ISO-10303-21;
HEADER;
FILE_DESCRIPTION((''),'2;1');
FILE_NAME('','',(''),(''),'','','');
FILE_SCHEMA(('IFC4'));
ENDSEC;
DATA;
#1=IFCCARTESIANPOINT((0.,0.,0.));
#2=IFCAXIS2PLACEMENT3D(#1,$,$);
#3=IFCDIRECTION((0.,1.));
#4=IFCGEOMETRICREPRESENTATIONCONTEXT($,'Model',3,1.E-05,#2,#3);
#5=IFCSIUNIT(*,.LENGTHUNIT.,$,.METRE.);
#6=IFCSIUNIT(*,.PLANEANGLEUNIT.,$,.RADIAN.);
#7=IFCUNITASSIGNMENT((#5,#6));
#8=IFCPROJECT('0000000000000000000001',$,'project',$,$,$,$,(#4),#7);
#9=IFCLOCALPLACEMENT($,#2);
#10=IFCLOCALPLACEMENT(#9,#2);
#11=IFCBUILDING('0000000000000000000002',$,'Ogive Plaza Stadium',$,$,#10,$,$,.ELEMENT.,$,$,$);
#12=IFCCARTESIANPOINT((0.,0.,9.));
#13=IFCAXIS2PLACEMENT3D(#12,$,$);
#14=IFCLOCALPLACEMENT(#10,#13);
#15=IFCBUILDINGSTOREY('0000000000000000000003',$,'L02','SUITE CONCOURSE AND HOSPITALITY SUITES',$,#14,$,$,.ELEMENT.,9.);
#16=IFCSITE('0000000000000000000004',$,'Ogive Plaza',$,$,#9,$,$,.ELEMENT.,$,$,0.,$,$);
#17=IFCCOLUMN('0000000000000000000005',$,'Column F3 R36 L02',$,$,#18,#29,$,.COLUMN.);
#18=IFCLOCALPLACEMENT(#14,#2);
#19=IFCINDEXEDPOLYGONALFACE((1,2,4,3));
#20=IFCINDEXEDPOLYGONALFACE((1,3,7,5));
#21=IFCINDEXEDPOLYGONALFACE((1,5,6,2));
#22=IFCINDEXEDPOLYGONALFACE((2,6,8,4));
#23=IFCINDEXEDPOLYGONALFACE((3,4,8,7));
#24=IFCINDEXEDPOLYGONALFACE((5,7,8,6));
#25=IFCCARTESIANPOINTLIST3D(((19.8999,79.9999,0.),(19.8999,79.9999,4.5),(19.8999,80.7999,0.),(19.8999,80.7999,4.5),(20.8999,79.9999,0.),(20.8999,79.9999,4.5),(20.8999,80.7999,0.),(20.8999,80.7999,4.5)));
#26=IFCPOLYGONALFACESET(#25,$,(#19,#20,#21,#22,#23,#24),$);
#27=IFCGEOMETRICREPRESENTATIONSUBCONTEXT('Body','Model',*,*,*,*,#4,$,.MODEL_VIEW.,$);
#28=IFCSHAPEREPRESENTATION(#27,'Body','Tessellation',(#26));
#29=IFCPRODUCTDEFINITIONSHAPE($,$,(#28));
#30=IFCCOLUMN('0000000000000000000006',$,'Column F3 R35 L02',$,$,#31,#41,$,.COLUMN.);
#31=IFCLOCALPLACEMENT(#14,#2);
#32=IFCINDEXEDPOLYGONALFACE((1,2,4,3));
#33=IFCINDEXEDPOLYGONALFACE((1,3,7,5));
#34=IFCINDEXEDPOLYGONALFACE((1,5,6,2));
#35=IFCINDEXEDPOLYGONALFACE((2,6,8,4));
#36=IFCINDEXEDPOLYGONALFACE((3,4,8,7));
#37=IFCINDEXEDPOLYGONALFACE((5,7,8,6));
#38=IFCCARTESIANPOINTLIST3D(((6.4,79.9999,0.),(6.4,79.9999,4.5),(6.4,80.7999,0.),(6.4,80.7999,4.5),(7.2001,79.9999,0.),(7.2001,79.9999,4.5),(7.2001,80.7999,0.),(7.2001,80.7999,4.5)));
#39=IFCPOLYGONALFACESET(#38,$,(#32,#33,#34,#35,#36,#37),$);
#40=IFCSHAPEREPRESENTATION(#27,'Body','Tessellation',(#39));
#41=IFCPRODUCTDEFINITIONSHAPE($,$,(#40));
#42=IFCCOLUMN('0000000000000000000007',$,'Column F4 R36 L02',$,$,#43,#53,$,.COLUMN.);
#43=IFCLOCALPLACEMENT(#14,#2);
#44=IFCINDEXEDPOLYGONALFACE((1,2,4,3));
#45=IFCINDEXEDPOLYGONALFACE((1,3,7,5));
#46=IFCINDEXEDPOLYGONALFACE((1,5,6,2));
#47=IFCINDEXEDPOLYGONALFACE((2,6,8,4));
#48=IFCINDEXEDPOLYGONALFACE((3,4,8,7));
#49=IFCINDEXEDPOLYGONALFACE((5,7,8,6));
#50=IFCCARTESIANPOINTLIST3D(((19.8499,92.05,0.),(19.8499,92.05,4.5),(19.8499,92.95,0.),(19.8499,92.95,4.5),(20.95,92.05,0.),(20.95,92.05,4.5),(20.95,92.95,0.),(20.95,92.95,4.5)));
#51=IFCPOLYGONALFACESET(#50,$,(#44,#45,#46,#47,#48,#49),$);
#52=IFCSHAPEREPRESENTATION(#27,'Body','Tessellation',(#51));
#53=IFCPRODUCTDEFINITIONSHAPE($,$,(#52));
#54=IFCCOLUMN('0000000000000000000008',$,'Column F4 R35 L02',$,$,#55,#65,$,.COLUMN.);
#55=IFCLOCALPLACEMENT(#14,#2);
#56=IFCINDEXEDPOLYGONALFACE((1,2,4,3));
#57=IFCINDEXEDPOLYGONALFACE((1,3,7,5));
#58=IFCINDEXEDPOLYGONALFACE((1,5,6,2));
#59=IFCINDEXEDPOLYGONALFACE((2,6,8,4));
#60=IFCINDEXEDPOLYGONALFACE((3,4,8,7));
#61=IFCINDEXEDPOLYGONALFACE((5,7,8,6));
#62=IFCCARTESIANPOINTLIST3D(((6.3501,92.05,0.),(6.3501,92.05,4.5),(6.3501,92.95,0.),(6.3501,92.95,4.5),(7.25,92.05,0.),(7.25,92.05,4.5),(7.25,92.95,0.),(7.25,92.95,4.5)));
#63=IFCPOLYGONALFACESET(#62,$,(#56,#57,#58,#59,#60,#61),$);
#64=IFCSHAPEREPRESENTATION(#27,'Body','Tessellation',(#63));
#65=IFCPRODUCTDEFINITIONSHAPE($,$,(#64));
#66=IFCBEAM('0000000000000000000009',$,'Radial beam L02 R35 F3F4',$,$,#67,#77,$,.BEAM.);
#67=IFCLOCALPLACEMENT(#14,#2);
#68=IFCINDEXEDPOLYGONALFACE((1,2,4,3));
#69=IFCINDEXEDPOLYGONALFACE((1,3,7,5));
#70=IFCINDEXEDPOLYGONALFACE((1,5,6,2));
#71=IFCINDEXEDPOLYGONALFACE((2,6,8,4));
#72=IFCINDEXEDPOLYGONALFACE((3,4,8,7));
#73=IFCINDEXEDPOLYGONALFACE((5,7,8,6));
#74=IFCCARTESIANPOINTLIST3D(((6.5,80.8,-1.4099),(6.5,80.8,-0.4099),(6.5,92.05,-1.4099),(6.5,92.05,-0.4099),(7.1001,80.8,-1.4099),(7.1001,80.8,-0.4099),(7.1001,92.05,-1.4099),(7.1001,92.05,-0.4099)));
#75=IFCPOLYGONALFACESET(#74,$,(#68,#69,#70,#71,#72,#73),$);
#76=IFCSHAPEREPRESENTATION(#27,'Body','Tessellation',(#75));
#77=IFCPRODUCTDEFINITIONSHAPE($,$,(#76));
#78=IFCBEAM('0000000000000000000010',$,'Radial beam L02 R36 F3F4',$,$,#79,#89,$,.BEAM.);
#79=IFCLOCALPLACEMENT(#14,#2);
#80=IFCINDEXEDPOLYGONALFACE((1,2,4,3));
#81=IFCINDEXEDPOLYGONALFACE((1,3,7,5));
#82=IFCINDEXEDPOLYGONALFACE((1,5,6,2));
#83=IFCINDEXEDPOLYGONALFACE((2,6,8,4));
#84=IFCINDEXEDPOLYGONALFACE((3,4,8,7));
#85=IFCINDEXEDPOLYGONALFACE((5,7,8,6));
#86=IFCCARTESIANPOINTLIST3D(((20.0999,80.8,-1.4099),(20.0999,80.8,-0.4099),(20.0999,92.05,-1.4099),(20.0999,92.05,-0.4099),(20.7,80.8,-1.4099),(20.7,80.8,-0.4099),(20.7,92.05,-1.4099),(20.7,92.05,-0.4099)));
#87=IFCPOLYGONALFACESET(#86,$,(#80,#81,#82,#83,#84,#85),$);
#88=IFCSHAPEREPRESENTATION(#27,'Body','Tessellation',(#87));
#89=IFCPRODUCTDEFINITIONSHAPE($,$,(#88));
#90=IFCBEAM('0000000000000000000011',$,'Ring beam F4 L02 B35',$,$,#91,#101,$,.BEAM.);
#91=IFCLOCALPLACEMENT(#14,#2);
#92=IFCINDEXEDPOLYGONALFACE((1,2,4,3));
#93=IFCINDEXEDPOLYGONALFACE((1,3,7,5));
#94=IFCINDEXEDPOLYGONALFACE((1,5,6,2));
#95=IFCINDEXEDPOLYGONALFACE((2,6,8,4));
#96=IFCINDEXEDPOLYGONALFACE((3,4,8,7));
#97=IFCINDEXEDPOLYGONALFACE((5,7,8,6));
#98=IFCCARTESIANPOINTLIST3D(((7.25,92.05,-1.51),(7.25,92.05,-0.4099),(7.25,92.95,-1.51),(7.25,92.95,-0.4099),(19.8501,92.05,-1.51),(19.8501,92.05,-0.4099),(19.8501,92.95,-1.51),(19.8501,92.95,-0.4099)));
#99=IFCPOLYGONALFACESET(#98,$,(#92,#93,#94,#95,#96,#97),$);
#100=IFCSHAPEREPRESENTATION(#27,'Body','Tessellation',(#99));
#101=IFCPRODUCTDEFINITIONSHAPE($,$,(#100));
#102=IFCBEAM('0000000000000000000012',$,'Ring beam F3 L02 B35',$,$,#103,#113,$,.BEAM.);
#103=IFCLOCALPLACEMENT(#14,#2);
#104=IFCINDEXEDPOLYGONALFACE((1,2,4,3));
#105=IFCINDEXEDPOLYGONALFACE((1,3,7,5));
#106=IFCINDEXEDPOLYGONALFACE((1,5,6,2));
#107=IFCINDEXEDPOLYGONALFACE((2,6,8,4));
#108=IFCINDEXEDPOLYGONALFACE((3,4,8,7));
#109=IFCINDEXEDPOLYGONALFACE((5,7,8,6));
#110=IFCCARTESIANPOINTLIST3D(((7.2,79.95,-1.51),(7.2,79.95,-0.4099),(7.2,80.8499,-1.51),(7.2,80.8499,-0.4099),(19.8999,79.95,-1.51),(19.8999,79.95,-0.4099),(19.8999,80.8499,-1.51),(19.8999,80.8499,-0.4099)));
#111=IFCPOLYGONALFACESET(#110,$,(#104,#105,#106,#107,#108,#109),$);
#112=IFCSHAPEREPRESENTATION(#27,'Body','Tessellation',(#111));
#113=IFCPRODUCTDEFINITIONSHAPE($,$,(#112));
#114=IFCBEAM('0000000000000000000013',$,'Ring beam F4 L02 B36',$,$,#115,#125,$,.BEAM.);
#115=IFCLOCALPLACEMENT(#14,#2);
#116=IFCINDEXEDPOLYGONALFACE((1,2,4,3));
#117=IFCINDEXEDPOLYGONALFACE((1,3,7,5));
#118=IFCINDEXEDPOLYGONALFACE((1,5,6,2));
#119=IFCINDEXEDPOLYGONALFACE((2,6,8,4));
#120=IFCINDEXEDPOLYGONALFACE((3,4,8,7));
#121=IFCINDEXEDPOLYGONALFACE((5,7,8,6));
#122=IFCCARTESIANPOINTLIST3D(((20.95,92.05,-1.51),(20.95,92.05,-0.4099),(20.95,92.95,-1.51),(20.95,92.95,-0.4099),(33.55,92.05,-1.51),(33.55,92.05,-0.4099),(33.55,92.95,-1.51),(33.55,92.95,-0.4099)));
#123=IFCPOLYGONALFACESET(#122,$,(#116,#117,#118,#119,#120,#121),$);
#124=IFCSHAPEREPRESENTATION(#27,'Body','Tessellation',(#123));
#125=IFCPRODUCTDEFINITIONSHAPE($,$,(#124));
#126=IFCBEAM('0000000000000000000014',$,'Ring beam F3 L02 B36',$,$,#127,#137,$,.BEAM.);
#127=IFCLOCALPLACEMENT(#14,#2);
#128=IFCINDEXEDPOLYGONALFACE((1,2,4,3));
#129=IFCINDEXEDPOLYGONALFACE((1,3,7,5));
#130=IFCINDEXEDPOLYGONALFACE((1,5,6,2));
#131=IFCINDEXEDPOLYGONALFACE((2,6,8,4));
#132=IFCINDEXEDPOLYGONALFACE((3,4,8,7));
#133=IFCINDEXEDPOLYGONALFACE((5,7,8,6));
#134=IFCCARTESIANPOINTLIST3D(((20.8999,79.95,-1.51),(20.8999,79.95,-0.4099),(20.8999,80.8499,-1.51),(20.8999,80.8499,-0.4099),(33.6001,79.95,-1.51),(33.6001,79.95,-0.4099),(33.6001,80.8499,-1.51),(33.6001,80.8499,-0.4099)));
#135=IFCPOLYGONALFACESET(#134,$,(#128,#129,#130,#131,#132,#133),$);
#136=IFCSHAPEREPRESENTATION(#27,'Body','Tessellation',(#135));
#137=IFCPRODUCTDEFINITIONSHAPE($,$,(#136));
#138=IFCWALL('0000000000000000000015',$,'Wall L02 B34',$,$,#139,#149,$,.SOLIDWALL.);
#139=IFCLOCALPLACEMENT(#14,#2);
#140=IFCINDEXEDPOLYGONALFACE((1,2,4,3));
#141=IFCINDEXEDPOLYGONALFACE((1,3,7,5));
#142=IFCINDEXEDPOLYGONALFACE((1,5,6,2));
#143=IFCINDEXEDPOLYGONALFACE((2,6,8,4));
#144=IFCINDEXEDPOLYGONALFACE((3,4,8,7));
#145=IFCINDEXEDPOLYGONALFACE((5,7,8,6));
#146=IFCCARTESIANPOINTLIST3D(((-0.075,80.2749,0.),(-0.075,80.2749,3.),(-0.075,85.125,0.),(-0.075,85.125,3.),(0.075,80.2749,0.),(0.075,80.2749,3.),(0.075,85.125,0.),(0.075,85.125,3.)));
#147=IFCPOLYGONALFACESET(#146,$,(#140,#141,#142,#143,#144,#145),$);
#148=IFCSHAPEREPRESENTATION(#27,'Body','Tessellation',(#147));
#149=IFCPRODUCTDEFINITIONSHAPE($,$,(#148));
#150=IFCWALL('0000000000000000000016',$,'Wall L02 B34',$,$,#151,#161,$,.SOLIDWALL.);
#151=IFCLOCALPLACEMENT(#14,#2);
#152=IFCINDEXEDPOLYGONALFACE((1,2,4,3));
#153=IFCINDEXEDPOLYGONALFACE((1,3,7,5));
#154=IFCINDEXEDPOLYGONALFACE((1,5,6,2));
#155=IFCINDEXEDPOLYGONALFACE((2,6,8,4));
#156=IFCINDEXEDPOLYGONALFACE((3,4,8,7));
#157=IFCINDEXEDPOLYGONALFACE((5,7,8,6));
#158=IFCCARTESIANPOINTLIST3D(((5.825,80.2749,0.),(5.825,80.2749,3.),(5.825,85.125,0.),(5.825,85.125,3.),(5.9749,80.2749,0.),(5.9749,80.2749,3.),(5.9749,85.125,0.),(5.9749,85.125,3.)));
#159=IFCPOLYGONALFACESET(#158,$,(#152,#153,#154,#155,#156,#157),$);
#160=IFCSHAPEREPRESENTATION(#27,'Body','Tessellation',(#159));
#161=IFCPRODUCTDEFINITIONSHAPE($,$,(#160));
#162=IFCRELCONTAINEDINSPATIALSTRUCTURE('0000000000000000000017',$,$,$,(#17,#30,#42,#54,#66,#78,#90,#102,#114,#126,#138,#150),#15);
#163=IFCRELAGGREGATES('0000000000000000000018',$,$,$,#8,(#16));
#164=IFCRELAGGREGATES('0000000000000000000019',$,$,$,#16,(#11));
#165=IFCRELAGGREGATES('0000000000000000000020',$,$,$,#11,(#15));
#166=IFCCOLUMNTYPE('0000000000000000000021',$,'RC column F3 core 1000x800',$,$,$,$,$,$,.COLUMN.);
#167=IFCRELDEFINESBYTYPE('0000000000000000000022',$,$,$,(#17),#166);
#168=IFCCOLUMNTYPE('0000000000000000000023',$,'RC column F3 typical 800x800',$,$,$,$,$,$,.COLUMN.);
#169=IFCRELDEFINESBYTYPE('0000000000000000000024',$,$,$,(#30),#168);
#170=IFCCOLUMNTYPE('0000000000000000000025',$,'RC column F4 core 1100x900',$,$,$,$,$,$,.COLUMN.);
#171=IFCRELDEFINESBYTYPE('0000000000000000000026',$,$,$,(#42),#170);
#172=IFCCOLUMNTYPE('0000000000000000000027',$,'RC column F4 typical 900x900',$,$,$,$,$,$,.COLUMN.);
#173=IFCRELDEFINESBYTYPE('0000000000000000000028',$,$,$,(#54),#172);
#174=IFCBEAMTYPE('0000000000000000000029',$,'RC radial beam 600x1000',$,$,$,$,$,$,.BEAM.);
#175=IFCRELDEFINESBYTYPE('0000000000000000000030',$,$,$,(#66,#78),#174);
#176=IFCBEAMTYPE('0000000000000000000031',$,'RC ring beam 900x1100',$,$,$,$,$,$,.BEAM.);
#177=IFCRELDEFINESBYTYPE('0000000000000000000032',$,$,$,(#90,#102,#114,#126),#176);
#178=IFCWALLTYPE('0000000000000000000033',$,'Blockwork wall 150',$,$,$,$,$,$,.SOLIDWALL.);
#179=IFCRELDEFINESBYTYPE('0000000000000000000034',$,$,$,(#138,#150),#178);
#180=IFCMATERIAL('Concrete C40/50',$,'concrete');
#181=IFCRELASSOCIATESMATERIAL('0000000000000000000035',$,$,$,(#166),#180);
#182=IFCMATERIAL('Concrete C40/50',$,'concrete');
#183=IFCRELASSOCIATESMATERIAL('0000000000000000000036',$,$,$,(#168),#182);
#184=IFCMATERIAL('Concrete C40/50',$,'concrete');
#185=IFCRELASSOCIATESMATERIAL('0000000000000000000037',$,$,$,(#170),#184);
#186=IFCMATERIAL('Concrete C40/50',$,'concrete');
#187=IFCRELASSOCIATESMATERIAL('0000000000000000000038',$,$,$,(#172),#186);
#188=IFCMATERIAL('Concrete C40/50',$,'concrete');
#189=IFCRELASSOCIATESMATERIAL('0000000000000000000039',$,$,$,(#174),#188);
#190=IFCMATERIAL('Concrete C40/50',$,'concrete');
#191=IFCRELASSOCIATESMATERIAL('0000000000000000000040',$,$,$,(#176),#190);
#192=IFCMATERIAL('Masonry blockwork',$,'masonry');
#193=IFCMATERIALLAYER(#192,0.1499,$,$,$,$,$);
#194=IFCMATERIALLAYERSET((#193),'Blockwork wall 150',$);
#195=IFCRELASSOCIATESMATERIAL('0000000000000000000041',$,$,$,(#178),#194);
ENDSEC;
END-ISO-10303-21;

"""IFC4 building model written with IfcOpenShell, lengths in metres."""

from ifc_helpers import new_model, si_unit, direction, frame, frame_2d, origin, origin_2d, place, context, subcontext, project, spatial, rectangle, extrude, material, layer, layer_set, material_profile, profile_set, type_object, element, save


model = new_model("IFC4")

# Units and contexts
model_context = context("Model", 3, precision=1e-05, world=origin(), true_north=direction((0.0, 1.0)))
body_context = subcontext(model_context, "Body", "Model", "MODEL_VIEW")
ifc_project = project(units=[si_unit("LENGTHUNIT", "METRE"), si_unit("PLANEANGLEUNIT", "RADIAN")], contexts=[model_context])

# Site, building, storey
site_placement = place(None, origin())
site = spatial("IfcSite", under=ifc_project, at=site_placement, Name="Ogive Plaza", CompositionType="ELEMENT", RefElevation=0.0)
building_placement = place(site_placement, origin())
building = spatial("IfcBuilding", under=site, at=building_placement, Name="Ogive Plaza Stadium", CompositionType="ELEMENT")
storey_placement = place(building_placement, frame((0.0, 0.0, 9.0)))
storey = spatial("IfcBuildingStorey", under=building, at=storey_placement, Name="L02", Description="SUITE CONCOURSE AND HOSPITALITY SUITES", CompositionType="ELEMENT", Elevation=9.0)

# Columns
ifc_material_1 = material(Name="Concrete C40/50", Category="concrete")
ifc_material_profile_1 = material_profile(ifc_material_1, rectangle(XDim=1.0, YDim=0.8, at=origin_2d()), Name="RC 1000x800")
ifc_profile_set_1 = profile_set([ifc_material_profile_1], Name="Concrete C40/50")
column_type_1 = type_object("IfcColumnType", Name="RC column F3 core 1000x800", PredefinedType="COLUMN", material=ifc_profile_set_1)
column_1_placement = place(storey_placement, frame((20.3999, 80.3999, 0.0), z_axis=(0.0, 0.0, 1.0), x_axis=(-1.0, 0.0, 0.0)))
element("IfcColumn", 1, at=column_1_placement, inside=storey, type_object=column_type_1, Name="Column F3 R36 L02", PredefinedType="COLUMN", context=body_context, shape_type="SweptSolid", body=[
    extrude(rectangle(XDim=1.0, YDim=0.8, at=origin_2d()), origin(), (0.0, 0.0, 1.0), 4.5),
])
ifc_material_2 = material(Name="Concrete C40/50", Category="concrete")
ifc_material_profile_2 = material_profile(ifc_material_2, rectangle(XDim=0.8, YDim=0.8, at=origin_2d()), Name="RC 800x800")
ifc_profile_set_2 = profile_set([ifc_material_profile_2], Name="Concrete C40/50")
column_type_2 = type_object("IfcColumnType", Name="RC column F3 typical 800x800", PredefinedType="COLUMN", material=ifc_profile_set_2)
column_2_placement = place(storey_placement, frame((6.8, 80.3999, 0.0), z_axis=(0.0, 0.0, 1.0), x_axis=(-1.0, 0.0, 0.0)))
element("IfcColumn", 2, at=column_2_placement, inside=storey, type_object=column_type_2, Name="Column F3 R35 L02", PredefinedType="COLUMN", context=body_context, shape_type="SweptSolid", body=[
    extrude(rectangle(XDim=0.8, YDim=0.8, at=origin_2d()), origin(), (0.0, 0.0, 1.0), 4.5),
])
ifc_material_3 = material(Name="Concrete C40/50", Category="concrete")
ifc_material_profile_3 = material_profile(ifc_material_3, rectangle(XDim=1.1001, YDim=0.8999, at=origin_2d()), Name="RC 1100x900")
ifc_profile_set_3 = profile_set([ifc_material_profile_3], Name="Concrete C40/50")
column_type_3 = type_object("IfcColumnType", Name="RC column F4 core 1100x900", PredefinedType="COLUMN", material=ifc_profile_set_3)
column_3_placement = place(storey_placement, frame((20.3999, 92.5, 0.0), z_axis=(0.0, 0.0, 1.0), x_axis=(-1.0, 0.0, 0.0)))
element("IfcColumn", 3, at=column_3_placement, inside=storey, type_object=column_type_3, Name="Column F4 R36 L02", PredefinedType="COLUMN", context=body_context, shape_type="SweptSolid", body=[
    extrude(rectangle(XDim=1.1001, YDim=0.8999, at=origin_2d()), origin(), (0.0, 0.0, 1.0), 4.5),
])
ifc_material_4 = material(Name="Concrete C40/50", Category="concrete")
ifc_material_profile_4 = material_profile(ifc_material_4, rectangle(XDim=0.8999, YDim=0.8999, at=origin_2d()), Name="RC 900x900")
ifc_profile_set_4 = profile_set([ifc_material_profile_4], Name="Concrete C40/50")
column_type_4 = type_object("IfcColumnType", Name="RC column F4 typical 900x900", PredefinedType="COLUMN", material=ifc_profile_set_4)
column_4_placement = place(storey_placement, frame((6.8, 92.5, 0.0), z_axis=(0.0, 0.0, 1.0), x_axis=(-1.0, 0.0, 0.0)))
element("IfcColumn", 4, at=column_4_placement, inside=storey, type_object=column_type_4, Name="Column F4 R35 L02", PredefinedType="COLUMN", context=body_context, shape_type="SweptSolid", body=[
    extrude(rectangle(XDim=0.8999, YDim=0.8999, at=origin_2d()), origin(), (0.0, 0.0, 1.0), 4.5),
])

# Beams
ifc_material_5 = material(Name="Concrete C40/50", Category="concrete")
ifc_material_profile_5 = material_profile(ifc_material_5, rectangle(XDim=0.6001, YDim=1.0, at=origin_2d()), Name="RC 600x1000")
ifc_profile_set_5 = profile_set([ifc_material_profile_5], Name="Concrete C40/50")
beam_type_1 = type_object("IfcBeamType", Name="RC radial beam 600x1000", PredefinedType="BEAM", material=ifc_profile_set_5)
for number, where, z_axis, x_axis, name in (
    (5, (6.8, 80.8, -0.9099), (0.0, 1.0, 0.0), (-1.0, 0.0, 0.0), "Radial beam L02 R35 F3F4"),
    (6, (20.3999, 80.8, -0.9099), (0.0, 1.0, 0.0), (-1.0, 0.0, 0.0), "Radial beam L02 R36 F3F4"),
):
    element("IfcBeam", number, at=place(storey_placement, frame(where, z_axis=z_axis, x_axis=x_axis)), inside=storey, type_object=beam_type_1, Name=name, PredefinedType="BEAM", context=body_context, shape_type="SweptSolid", body=[
        extrude(rectangle(XDim=0.6001, YDim=1.0, at=origin_2d()), origin(), (0.0, 0.0, 1.0), 11.25),
    ])
ifc_material_6 = material(Name="Concrete C40/50", Category="concrete")
ifc_material_profile_6 = material_profile(ifc_material_6, rectangle(XDim=0.8999, YDim=1.1001, at=origin_2d()), Name="RC 900x1100")
ifc_profile_set_6 = profile_set([ifc_material_profile_6], Name="Concrete C40/50")
beam_type_2 = type_object("IfcBeamType", Name="RC ring beam 900x1100", PredefinedType="BEAM", material=ifc_profile_set_6)
beam_1_placement = place(storey_placement, frame((7.25, 92.5, -0.96), z_axis=(1.0, 0.0, 0.0), x_axis=(0.0, 1.0, 0.0)))
element("IfcBeam", 7, at=beam_1_placement, inside=storey, type_object=beam_type_2, Name="Ring beam F4 L02 B35", PredefinedType="BEAM", context=body_context, shape_type="SweptSolid", body=[
    extrude(rectangle(XDim=0.8999, YDim=1.1001, at=origin_2d()), origin(), (0.0, 0.0, 1.0), 12.6001),
])
beam_2_placement = place(storey_placement, frame((7.2, 80.3999, -0.96), z_axis=(1.0, 0.0, 0.0), x_axis=(0.0, 1.0, 0.0)))
element("IfcBeam", 8, at=beam_2_placement, inside=storey, type_object=beam_type_2, Name="Ring beam F3 L02 B35", PredefinedType="BEAM", context=body_context, shape_type="SweptSolid", body=[
    extrude(rectangle(XDim=0.8999, YDim=1.1001, at=origin_2d()), origin(), (0.0, 0.0, 1.0), 12.7),
])
beam_3_placement = place(storey_placement, frame((20.95, 92.5, -0.96), z_axis=(1.0, 0.0, 0.0), x_axis=(0.0, 1.0, 0.0)))
element("IfcBeam", 9, at=beam_3_placement, inside=storey, type_object=beam_type_2, Name="Ring beam F4 L02 B36", PredefinedType="BEAM", context=body_context, shape_type="SweptSolid", body=[
    extrude(rectangle(XDim=0.8999, YDim=1.1001, at=origin_2d()), origin(), (0.0, 0.0, 1.0), 12.6001),
])
beam_4_placement = place(storey_placement, frame((20.8999, 80.3999, -0.96), z_axis=(1.0, 0.0, 0.0), x_axis=(0.0, 1.0, 0.0)))
element("IfcBeam", 10, at=beam_4_placement, inside=storey, type_object=beam_type_2, Name="Ring beam F3 L02 B36", PredefinedType="BEAM", context=body_context, shape_type="SweptSolid", body=[
    extrude(rectangle(XDim=0.8999, YDim=1.1001, at=origin_2d()), origin(), (0.0, 0.0, 1.0), 12.7002),
])

# Walls
ifc_material_7 = material(Name="Masonry blockwork", Category="masonry")
ifc_layer_1 = layer(ifc_material_7, 0.1499)
ifc_layer_set_1 = layer_set([ifc_layer_1], Name="Blockwork wall 150")
wall_type_1 = type_object("IfcWallType", Name="Blockwork wall 150", PredefinedType="SOLIDWALL", material=ifc_layer_set_1)
for number, where, z_axis, x_axis, name in (
    (11, (0.0, 80.2749, 0.0), (0.0, 0.0, 1.0), (0.0, 1.0, 0.0), "Wall L02 B34"),
    (12, (5.8999, 80.2749, 0.0), (0.0, 0.0, 1.0), (0.0, 1.0, 0.0), "Wall L02 B34"),
):
    element("IfcWall", number, at=place(storey_placement, frame(where, z_axis=z_axis, x_axis=x_axis)), inside=storey, type_object=wall_type_1, Name=name, PredefinedType="SOLIDWALL", context=body_context, shape_type="SweptSolid", body=[
        extrude(rectangle(XDim=4.8501, YDim=0.1499, at=frame_2d((2.425, 0.0))), origin(), (0.0, 0.0, 1.0), 3.0),
    ])

save(model, "model.ifc")
